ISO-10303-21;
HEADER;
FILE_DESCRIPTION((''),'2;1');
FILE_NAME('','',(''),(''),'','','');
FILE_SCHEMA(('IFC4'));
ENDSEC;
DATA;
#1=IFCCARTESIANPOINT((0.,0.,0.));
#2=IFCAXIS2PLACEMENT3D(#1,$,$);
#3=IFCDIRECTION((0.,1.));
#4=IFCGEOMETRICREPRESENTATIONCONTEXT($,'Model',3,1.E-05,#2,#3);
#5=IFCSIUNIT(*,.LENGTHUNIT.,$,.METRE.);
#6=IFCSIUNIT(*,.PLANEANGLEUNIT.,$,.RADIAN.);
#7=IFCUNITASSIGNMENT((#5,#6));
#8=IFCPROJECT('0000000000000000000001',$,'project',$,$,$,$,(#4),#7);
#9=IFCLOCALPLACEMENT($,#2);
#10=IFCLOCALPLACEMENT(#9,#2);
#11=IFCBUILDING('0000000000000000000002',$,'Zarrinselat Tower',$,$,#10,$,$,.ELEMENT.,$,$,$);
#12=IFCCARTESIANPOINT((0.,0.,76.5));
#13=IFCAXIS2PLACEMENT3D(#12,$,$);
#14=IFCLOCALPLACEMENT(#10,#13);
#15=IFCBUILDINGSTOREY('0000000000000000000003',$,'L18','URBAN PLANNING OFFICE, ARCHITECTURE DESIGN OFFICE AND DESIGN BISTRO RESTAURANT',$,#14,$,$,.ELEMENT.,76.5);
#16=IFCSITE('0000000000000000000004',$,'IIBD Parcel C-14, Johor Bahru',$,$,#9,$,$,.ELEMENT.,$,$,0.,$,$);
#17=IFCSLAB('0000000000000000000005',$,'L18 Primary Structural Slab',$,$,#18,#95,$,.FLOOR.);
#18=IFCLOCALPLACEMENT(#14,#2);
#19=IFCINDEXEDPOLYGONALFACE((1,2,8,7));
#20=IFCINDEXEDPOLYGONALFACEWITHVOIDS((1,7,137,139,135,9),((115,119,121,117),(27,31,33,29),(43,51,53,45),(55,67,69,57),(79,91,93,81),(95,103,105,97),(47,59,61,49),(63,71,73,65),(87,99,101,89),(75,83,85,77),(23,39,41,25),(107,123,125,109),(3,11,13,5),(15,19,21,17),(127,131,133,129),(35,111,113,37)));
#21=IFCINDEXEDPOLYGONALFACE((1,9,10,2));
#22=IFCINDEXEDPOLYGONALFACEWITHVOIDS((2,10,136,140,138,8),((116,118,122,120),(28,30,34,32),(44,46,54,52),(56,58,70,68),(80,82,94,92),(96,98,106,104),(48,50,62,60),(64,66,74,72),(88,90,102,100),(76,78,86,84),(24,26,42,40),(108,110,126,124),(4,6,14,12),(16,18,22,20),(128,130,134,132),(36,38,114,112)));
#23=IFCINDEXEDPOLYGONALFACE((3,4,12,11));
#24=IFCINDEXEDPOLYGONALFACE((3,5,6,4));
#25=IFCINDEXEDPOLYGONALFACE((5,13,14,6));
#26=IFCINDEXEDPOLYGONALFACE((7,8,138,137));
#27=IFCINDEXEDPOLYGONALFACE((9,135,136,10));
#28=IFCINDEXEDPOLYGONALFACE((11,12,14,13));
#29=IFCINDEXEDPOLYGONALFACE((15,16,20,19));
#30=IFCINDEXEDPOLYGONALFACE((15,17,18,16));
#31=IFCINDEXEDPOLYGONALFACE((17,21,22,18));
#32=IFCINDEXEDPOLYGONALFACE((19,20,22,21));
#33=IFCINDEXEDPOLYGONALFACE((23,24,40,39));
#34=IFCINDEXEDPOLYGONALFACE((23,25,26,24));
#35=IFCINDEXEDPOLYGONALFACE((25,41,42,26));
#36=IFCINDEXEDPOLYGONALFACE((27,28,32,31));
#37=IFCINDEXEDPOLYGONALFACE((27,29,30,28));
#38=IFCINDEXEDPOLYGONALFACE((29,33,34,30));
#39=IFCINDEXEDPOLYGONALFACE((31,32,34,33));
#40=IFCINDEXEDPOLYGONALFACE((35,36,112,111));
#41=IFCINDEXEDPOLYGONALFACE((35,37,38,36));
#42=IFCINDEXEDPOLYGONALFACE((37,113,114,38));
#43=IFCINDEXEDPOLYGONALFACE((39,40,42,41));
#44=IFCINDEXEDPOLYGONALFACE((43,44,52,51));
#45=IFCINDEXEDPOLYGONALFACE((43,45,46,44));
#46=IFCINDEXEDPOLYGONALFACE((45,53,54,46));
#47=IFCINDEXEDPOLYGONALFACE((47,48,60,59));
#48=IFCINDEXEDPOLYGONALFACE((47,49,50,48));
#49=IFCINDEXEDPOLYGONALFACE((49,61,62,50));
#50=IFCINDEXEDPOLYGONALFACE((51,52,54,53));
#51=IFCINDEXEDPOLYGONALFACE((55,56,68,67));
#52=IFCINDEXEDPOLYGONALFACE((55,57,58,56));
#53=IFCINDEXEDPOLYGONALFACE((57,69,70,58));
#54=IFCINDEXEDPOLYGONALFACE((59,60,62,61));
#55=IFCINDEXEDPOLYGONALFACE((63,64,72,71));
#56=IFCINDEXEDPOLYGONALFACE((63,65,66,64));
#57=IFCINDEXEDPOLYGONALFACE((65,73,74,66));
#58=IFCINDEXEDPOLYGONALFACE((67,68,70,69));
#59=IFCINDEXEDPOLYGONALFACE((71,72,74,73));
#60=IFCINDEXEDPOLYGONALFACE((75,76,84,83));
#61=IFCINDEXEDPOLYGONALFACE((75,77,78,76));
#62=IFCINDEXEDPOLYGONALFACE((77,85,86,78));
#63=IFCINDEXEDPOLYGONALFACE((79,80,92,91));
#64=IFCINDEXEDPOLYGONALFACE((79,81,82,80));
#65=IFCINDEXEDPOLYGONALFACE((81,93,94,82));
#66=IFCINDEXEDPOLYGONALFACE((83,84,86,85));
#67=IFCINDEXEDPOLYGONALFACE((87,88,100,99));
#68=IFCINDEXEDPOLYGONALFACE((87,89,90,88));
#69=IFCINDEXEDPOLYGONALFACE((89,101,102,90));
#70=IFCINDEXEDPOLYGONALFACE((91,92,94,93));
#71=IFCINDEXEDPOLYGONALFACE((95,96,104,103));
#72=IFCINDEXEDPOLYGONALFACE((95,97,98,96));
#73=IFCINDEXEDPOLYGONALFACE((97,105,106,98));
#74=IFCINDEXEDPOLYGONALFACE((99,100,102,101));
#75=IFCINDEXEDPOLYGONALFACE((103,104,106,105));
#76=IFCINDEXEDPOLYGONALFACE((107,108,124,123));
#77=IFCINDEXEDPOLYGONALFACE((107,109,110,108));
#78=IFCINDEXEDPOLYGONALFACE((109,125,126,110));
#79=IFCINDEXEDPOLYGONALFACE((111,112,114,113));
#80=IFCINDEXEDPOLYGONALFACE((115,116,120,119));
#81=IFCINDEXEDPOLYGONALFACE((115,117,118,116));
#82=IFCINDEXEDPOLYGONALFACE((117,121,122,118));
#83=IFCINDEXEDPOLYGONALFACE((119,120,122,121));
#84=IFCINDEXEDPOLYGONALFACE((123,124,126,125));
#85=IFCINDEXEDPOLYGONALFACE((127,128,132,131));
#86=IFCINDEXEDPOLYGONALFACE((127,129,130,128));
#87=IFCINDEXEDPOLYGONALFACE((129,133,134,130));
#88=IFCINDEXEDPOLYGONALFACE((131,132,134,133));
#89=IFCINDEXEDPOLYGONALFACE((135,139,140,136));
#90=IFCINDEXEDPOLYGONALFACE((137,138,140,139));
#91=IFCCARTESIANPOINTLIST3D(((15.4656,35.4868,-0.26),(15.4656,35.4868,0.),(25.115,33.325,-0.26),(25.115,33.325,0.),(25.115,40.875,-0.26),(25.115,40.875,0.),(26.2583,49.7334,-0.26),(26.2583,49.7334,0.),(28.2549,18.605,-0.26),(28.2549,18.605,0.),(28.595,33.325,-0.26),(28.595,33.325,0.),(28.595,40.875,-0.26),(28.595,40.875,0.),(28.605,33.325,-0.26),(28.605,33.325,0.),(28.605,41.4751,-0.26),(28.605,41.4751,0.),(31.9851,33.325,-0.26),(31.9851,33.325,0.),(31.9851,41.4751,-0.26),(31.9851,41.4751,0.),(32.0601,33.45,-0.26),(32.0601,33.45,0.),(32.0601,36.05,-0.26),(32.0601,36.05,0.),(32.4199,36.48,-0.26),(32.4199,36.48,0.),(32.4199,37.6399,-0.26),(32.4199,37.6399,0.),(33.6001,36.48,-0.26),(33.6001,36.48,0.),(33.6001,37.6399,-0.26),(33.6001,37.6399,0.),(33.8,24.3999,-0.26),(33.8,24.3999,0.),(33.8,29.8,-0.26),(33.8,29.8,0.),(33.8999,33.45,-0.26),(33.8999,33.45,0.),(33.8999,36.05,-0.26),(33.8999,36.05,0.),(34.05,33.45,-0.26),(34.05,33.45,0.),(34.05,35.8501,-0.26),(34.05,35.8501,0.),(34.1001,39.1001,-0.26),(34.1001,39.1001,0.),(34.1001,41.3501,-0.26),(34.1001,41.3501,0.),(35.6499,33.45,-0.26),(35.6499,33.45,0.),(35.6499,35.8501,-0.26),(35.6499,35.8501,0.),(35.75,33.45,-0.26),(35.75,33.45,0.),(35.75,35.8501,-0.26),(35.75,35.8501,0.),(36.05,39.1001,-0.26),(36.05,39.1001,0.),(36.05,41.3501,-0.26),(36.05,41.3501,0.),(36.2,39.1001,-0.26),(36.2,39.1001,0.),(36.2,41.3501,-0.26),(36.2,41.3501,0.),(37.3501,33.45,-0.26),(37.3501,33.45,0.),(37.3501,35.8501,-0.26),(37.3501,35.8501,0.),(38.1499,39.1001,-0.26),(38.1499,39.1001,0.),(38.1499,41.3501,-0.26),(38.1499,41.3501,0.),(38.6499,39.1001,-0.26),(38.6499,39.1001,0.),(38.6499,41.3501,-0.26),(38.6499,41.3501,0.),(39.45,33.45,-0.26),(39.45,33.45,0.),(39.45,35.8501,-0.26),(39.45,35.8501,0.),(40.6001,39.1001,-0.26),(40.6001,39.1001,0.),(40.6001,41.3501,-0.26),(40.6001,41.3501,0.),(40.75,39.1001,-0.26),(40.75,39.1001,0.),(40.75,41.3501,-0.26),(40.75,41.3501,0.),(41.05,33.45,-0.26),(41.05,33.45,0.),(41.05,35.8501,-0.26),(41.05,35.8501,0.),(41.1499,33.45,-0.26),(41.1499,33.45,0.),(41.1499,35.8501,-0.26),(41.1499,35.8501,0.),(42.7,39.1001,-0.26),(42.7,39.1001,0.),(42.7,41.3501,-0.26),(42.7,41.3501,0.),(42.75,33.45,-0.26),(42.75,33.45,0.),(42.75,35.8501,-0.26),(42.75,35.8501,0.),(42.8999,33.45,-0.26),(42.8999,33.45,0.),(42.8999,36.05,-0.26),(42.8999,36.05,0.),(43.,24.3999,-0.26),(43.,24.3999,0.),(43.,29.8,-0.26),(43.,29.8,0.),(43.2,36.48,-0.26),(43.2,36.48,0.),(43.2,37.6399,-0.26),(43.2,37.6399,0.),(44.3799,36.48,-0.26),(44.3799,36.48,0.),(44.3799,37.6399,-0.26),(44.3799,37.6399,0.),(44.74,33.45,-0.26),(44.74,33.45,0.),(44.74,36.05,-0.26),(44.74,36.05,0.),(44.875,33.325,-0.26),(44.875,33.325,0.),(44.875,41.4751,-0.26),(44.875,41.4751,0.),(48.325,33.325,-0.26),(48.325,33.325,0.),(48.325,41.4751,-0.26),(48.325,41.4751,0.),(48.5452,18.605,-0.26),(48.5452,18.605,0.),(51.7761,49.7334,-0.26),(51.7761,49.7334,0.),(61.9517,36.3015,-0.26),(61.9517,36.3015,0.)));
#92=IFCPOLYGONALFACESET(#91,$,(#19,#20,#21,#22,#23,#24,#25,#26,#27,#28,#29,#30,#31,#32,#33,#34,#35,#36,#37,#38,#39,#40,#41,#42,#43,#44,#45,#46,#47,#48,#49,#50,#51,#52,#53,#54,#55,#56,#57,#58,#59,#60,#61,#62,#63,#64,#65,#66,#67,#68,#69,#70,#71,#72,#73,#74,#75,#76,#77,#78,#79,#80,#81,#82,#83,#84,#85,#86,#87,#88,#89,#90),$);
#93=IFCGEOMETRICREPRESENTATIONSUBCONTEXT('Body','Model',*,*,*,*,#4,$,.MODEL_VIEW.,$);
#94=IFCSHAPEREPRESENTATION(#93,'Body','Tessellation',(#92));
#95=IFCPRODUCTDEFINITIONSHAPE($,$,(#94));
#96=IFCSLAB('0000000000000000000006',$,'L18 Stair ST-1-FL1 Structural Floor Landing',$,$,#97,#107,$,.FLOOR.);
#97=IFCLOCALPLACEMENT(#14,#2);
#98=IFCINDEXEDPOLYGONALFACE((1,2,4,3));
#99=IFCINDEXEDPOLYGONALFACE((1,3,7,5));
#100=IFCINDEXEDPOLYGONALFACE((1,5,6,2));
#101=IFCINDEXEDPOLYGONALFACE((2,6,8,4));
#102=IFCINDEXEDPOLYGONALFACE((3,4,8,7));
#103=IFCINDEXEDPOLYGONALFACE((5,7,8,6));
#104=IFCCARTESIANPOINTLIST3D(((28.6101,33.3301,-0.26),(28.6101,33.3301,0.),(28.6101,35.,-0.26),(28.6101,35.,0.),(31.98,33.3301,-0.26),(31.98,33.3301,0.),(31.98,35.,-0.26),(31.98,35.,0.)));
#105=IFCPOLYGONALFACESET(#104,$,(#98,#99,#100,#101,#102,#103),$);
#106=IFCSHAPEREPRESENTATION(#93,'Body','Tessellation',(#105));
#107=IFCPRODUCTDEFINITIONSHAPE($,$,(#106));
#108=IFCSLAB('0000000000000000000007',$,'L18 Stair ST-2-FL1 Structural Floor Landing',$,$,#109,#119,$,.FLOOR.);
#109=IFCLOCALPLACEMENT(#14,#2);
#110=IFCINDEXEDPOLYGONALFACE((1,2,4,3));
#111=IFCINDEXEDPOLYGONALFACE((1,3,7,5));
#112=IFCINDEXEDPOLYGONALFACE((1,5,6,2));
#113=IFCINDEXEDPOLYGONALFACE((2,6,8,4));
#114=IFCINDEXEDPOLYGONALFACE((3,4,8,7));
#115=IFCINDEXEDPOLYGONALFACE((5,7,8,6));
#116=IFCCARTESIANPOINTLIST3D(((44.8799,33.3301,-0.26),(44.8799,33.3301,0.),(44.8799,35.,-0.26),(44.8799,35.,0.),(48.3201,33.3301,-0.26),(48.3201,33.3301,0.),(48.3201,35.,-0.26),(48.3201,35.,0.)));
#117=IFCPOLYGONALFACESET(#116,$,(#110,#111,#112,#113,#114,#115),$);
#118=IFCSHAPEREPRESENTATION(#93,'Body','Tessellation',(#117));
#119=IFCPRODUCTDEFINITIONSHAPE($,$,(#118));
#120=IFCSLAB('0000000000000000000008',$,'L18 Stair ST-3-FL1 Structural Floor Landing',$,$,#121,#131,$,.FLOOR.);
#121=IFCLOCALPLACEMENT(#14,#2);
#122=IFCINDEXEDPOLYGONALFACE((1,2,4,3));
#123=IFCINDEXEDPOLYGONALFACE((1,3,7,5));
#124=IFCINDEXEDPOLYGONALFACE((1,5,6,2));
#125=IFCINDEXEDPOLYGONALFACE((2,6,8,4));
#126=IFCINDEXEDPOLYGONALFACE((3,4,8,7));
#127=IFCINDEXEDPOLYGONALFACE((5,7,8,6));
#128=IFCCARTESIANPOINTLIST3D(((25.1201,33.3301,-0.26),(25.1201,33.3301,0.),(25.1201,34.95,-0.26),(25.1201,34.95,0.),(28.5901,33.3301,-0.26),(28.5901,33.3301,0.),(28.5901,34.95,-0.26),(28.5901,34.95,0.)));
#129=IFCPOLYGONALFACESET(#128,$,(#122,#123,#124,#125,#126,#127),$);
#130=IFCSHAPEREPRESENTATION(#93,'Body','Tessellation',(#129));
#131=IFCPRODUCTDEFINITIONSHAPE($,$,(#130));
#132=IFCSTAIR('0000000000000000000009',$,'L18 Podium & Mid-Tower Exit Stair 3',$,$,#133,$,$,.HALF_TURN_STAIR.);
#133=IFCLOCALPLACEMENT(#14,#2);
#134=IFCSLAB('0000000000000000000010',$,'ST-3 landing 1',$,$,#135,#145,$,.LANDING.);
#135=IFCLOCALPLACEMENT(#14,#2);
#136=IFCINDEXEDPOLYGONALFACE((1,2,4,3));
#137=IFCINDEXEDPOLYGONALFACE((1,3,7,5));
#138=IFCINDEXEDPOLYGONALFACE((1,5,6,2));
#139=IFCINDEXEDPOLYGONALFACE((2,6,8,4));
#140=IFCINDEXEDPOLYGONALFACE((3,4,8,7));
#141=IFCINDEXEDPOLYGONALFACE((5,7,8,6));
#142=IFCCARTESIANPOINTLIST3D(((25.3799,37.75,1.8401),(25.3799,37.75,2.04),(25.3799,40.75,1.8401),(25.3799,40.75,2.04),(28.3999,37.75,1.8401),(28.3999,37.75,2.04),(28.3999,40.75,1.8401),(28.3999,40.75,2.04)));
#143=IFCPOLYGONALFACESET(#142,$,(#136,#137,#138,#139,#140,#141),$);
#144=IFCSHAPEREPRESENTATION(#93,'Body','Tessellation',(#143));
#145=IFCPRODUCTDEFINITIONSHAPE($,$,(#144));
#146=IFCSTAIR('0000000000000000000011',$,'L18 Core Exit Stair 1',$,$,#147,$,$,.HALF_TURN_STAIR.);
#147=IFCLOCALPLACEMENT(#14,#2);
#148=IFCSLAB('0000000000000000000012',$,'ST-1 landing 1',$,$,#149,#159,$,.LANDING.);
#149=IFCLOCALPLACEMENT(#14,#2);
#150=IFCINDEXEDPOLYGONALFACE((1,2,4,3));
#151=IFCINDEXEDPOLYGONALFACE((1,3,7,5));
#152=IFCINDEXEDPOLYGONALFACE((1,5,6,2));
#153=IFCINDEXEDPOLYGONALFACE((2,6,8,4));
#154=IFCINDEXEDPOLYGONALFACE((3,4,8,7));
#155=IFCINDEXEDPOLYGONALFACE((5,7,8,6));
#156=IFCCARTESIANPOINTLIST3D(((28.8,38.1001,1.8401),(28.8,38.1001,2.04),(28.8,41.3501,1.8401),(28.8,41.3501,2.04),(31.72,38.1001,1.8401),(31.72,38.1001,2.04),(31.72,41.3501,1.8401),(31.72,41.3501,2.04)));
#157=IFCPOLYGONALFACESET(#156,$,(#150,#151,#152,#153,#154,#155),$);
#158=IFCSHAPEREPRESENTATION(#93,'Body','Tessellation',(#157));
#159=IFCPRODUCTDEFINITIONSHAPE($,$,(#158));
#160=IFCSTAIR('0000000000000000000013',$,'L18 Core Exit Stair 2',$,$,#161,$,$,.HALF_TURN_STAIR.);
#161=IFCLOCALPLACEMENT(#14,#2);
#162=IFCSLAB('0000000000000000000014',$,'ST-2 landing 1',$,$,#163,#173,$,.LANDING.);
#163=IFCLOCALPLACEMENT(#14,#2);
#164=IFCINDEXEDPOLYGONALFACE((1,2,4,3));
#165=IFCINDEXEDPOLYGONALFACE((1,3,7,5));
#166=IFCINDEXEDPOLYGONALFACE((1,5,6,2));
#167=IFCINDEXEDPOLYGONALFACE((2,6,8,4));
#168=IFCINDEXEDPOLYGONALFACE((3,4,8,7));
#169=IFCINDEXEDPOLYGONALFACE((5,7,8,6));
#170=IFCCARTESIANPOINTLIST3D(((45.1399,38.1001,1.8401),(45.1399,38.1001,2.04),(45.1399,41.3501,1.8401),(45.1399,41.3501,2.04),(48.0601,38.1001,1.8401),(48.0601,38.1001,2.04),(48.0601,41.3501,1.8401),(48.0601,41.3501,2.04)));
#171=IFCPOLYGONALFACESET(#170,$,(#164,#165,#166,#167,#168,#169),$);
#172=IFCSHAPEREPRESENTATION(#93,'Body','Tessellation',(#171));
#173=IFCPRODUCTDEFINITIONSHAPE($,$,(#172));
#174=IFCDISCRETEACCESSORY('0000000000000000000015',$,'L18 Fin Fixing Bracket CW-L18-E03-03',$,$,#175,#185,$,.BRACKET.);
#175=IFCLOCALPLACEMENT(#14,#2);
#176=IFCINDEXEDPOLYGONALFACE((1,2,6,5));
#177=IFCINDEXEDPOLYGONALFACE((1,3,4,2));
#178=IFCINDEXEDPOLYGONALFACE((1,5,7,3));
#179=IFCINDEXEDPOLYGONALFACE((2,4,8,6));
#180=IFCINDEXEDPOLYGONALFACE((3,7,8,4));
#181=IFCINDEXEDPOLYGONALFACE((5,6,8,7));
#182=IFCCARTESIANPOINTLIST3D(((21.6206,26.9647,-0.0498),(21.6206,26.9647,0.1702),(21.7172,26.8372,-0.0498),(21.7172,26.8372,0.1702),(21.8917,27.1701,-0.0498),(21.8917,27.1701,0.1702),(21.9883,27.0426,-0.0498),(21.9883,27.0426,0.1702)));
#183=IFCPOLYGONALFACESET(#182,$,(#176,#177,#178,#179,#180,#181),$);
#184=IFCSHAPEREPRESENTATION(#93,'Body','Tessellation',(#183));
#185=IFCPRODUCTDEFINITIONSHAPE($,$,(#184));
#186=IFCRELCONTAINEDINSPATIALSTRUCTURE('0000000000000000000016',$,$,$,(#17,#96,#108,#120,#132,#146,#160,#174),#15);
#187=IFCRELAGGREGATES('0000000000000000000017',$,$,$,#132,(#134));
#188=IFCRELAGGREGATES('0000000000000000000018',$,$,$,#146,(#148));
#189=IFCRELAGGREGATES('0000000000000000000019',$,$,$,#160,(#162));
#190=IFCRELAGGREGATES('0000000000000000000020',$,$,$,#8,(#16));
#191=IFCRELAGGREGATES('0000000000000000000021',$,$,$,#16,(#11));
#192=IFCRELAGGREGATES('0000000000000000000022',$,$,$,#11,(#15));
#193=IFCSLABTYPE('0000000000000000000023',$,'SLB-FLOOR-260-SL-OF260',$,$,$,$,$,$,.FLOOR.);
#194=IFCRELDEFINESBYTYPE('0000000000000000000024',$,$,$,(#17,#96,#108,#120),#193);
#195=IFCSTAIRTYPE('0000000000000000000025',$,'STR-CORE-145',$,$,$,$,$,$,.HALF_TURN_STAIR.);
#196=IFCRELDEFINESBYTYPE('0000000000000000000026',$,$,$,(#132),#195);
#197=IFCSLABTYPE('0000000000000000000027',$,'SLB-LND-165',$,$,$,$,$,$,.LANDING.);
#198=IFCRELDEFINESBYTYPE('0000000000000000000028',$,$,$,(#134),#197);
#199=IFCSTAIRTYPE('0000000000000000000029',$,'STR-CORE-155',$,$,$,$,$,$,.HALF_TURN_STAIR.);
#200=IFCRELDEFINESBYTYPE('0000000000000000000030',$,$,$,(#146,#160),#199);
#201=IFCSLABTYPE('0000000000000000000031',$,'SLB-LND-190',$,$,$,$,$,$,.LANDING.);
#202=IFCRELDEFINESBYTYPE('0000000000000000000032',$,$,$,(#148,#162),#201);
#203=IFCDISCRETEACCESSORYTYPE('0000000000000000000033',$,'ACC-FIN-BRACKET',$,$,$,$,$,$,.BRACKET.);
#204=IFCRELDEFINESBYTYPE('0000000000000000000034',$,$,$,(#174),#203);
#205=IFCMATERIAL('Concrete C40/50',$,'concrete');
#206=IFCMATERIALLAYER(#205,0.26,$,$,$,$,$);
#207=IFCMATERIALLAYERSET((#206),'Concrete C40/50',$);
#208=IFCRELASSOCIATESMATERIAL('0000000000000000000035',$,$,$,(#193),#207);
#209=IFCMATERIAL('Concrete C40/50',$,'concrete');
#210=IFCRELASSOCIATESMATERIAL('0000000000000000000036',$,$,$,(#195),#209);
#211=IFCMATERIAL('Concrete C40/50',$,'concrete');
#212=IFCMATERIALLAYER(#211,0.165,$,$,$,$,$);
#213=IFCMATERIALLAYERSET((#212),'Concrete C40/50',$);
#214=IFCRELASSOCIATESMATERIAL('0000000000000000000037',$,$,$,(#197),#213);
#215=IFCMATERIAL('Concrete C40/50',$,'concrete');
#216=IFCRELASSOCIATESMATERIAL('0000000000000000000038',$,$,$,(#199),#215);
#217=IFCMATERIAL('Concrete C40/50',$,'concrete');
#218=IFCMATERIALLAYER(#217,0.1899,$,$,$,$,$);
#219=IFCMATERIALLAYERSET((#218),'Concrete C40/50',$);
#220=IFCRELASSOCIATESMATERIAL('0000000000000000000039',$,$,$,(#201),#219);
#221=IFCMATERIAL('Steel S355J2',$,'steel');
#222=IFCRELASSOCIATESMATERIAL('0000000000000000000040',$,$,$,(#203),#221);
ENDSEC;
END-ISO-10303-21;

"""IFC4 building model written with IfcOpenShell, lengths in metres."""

from ifc_helpers import new_model, si_unit, direction, frame, origin, origin_2d, place, context, subcontext, project, spatial, polyline, rectangle, outline, extrude, material, layer, layer_set, type_object, element, aggregate, save


model = new_model("IFC4")

# Units and contexts
model_context = context("Model", 3, precision=1e-05, world=origin(), true_north=direction((0.0, 1.0)))
body_context = subcontext(model_context, "Body", "Model", "MODEL_VIEW")
ifc_project = project(units=[si_unit("LENGTHUNIT", "METRE"), si_unit("PLANEANGLEUNIT", "RADIAN")], contexts=[model_context])

# Site, building, storey
site_placement = place(None, origin())
site = spatial("IfcSite", under=ifc_project, at=site_placement, Name="IIBD Parcel C-14, Johor Bahru", CompositionType="ELEMENT", RefElevation=0.0)
building_placement = place(site_placement, origin())
building = spatial("IfcBuilding", under=site, at=building_placement, Name="Zarrinselat Tower", CompositionType="ELEMENT")
storey_placement = place(building_placement, frame((0.0, 0.0, 76.5)))
storey = spatial("IfcBuildingStorey", under=building, at=storey_placement, Name="L18", Description="URBAN PLANNING OFFICE, ARCHITECTURE DESIGN OFFICE AND DESIGN BISTRO RESTAURANT", CompositionType="ELEMENT", Elevation=76.5)

# Slabs
ifc_material_1 = material(Name="Concrete C40/50", Category="concrete")
ifc_layer_1 = layer(ifc_material_1, 0.26)
ifc_layer_set_1 = layer_set([ifc_layer_1], Name="Concrete C40/50")
slab_type_1 = type_object("IfcSlabType", Name="SLB-FLOOR-260-SL-OF260", PredefinedType="FLOOR", material=ifc_layer_set_1)
slab_1_placement = place(storey_placement, frame((0.0, 0.0, -0.26)))
element("IfcSlab", 1, at=slab_1_placement, inside=storey, type_object=slab_type_1, Name="L18 Primary Structural Slab", PredefinedType="FLOOR", context=body_context, shape_type="SweptSolid", body=[
    extrude(outline(polyline([(51.7761, 49.7334), (26.2583, 49.7334), (15.4656, 35.4868), (28.2549, 18.605), (48.5452, 18.605), (61.9517, 36.3015), (51.7761, 49.7334)]), holes=[polyline([(34.05, 33.45), (34.05, 35.8501), (35.6499, 35.8501), (35.6499, 33.45), (34.05, 33.45)]), polyline([(35.75, 33.45), (35.75, 35.8501), (37.3501, 35.8501), (37.3501, 33.45), (35.75, 33.45)]), polyline([(32.0601, 33.45), (32.0601, 36.05), (33.8999, 36.05), (33.8999, 33.45), (32.0601, 33.45)]), polyline([(32.4199, 36.48), (32.4199, 37.6399), (33.6001, 37.6399), (33.6001, 36.48), (32.4199, 36.48)]), polyline([(28.595, 33.325), (25.115, 33.325), (25.115, 40.875), (28.595, 40.875), (28.595, 33.325)]), polyline([(31.9851, 33.325), (28.605, 33.325), (28.605, 41.4751), (31.9851, 41.4751), (31.9851, 33.325)]), polyline([(34.1001, 39.1001), (34.1001, 41.3501), (36.05, 41.3501), (36.05, 39.1001), (34.1001, 39.1001)]), polyline([(36.2, 39.1001), (36.2, 41.3501), (38.1499, 41.3501), (38.1499, 39.1001), (36.2, 39.1001)]), polyline([(33.8, 24.3999), (33.8, 29.8), (43.0, 29.8), (43.0, 24.3999), (33.8, 24.3999)]), polyline([(39.45, 33.45), (39.45, 35.8501), (41.05, 35.8501), (41.05, 33.45), (39.45, 33.45)]), polyline([(41.1499, 33.45), (41.1499, 35.8501), (42.75, 35.8501), (42.75, 33.45), (41.1499, 33.45)]), polyline([(42.8999, 33.45), (42.8999, 36.05), (44.74, 36.05), (44.74, 33.45), (42.8999, 33.45)]), polyline([(43.2, 36.48), (43.2, 37.6399), (44.3799, 37.6399), (44.3799, 36.48), (43.2, 36.48)]), polyline([(48.325, 33.325), (44.875, 33.325), (44.875, 41.4751), (48.325, 41.4751), (48.325, 33.325)]), polyline([(38.6499, 39.1001), (38.6499, 41.3501), (40.6001, 41.3501), (40.6001, 39.1001), (38.6499, 39.1001)]), polyline([(40.75, 39.1001), (40.75, 41.3501), (42.7, 41.3501), (42.7, 39.1001), (40.75, 39.1001)])]), origin(), (0.0, 0.0, 1.0), 0.26),
])
slab_2_placement = place(storey_placement, frame((0.0, 0.0, -0.26)))
element("IfcSlab", 2, at=slab_2_placement, inside=storey, type_object=slab_type_1, Name="L18 Stair ST-1-FL1 Structural Floor Landing", PredefinedType="FLOOR", context=body_context, shape_type="SweptSolid", body=[
    extrude(outline(polyline([(31.98, 33.3301), (31.98, 35.0), (28.6101, 35.0), (28.6101, 33.3301), (31.98, 33.3301)])), origin(), (0.0, 0.0, 1.0), 0.26),
])
slab_3_placement = place(storey_placement, frame((0.0, 0.0, -0.26)))
element("IfcSlab", 3, at=slab_3_placement, inside=storey, type_object=slab_type_1, Name="L18 Stair ST-2-FL1 Structural Floor Landing", PredefinedType="FLOOR", context=body_context, shape_type="SweptSolid", body=[
    extrude(outline(polyline([(48.3201, 33.3301), (48.3201, 35.0), (44.8799, 35.0), (44.8799, 33.3301), (48.3201, 33.3301)])), origin(), (0.0, 0.0, 1.0), 0.26),
])
slab_4_placement = place(storey_placement, frame((0.0, 0.0, -0.26)))
element("IfcSlab", 4, at=slab_4_placement, inside=storey, type_object=slab_type_1, Name="L18 Stair ST-3-FL1 Structural Floor Landing", PredefinedType="FLOOR", context=body_context, shape_type="SweptSolid", body=[
    extrude(outline(polyline([(28.5901, 33.3301), (28.5901, 34.95), (25.1201, 34.95), (25.1201, 33.3301), (28.5901, 33.3301)])), origin(), (0.0, 0.0, 1.0), 0.26),
])

# Stairs, slabs
ifc_material_2 = material(Name="Concrete C40/50", Category="concrete")
stair_type_1 = type_object("IfcStairType", Name="STR-CORE-145", PredefinedType="HALF_TURN_STAIR", material=ifc_material_2)
stair_1_placement = place(storey_placement, origin())
stair_1 = element("IfcStair", 5, at=stair_1_placement, inside=storey, type_object=stair_type_1, Name="L18 Podium & Mid-Tower Exit Stair 3", PredefinedType="HALF_TURN_STAIR")
ifc_material_3 = material(Name="Concrete C40/50", Category="concrete")
ifc_layer_2 = layer(ifc_material_3, 0.165)
ifc_layer_set_2 = layer_set([ifc_layer_2], Name="Concrete C40/50")
slab_type_2 = type_object("IfcSlabType", Name="SLB-LND-165", PredefinedType="LANDING", material=ifc_layer_set_2)
slab_5_placement = place(storey_placement, frame((0.0, 0.0, 1.8401)))
slab_5 = element("IfcSlab", 6, at=slab_5_placement, type_object=slab_type_2, Name="ST-3 landing 1", PredefinedType="LANDING", context=body_context, shape_type="SweptSolid", body=[
    extrude(outline(polyline([(28.3999, 37.75), (28.3999, 40.75), (25.3799, 40.75), (25.3799, 37.75), (28.3999, 37.75)])), origin(), (0.0, 0.0, 1.0), 0.2),
])
aggregate(stair_1, [slab_5])
ifc_material_4 = material(Name="Concrete C40/50", Category="concrete")
stair_type_2 = type_object("IfcStairType", Name="STR-CORE-155", PredefinedType="HALF_TURN_STAIR", material=ifc_material_4)
stair_2_placement = place(storey_placement, origin())
stair_2 = element("IfcStair", 7, at=stair_2_placement, inside=storey, type_object=stair_type_2, Name="L18 Core Exit Stair 1", PredefinedType="HALF_TURN_STAIR")
ifc_material_5 = material(Name="Concrete C40/50", Category="concrete")
ifc_layer_3 = layer(ifc_material_5, 0.1899)
ifc_layer_set_3 = layer_set([ifc_layer_3], Name="Concrete C40/50")
slab_type_3 = type_object("IfcSlabType", Name="SLB-LND-190", PredefinedType="LANDING", material=ifc_layer_set_3)
slab_6_placement = place(storey_placement, frame((0.0, 0.0, 1.8401)))
slab_6 = element("IfcSlab", 8, at=slab_6_placement, type_object=slab_type_3, Name="ST-1 landing 1", PredefinedType="LANDING", context=body_context, shape_type="SweptSolid", body=[
    extrude(outline(polyline([(31.72, 38.1001), (31.72, 41.3501), (28.8, 41.3501), (28.8, 38.1001), (31.72, 38.1001)])), origin(), (0.0, 0.0, 1.0), 0.2),
])
aggregate(stair_2, [slab_6])
stair_3_placement = place(storey_placement, origin())
stair_3 = element("IfcStair", 9, at=stair_3_placement, inside=storey, type_object=stair_type_2, Name="L18 Core Exit Stair 2", PredefinedType="HALF_TURN_STAIR")
slab_7_placement = place(storey_placement, frame((0.0, 0.0, 1.8401)))
slab_7 = element("IfcSlab", 10, at=slab_7_placement, type_object=slab_type_3, Name="ST-2 landing 1", PredefinedType="LANDING", context=body_context, shape_type="SweptSolid", body=[
    extrude(outline(polyline([(48.0601, 38.1001), (48.0601, 41.3501), (45.1399, 41.3501), (45.1399, 38.1001), (48.0601, 38.1001)])), origin(), (0.0, 0.0, 1.0), 0.2),
])
aggregate(stair_3, [slab_7])

# Discrete accessory
ifc_material_6 = material(Name="Steel S355J2", Category="steel")
discrete_accessory_type = type_object("IfcDiscreteAccessoryType", Name="ACC-FIN-BRACKET", PredefinedType="BRACKET", material=ifc_material_6)
for number, where, z_axis, x_axis, name in (
    (11, (21.8044, 27.0037, -0.0498), (0.0, 0.0, 1.0), (-0.797094, -0.603855, 0.0), "L18 Fin Fixing Bracket CW-L18-E03-03"),
):
    element("IfcDiscreteAccessory", number, at=place(storey_placement, frame(where, z_axis=z_axis, x_axis=x_axis)), inside=storey, type_object=discrete_accessory_type, Name=name, PredefinedType="BRACKET", context=body_context, shape_type="SweptSolid", body=[
        extrude(rectangle(XDim=0.3401, YDim=0.1599, at=origin_2d()), origin(), (0.0, 0.0, 1.0), 0.22),
    ])

save(model, "model.ifc")
